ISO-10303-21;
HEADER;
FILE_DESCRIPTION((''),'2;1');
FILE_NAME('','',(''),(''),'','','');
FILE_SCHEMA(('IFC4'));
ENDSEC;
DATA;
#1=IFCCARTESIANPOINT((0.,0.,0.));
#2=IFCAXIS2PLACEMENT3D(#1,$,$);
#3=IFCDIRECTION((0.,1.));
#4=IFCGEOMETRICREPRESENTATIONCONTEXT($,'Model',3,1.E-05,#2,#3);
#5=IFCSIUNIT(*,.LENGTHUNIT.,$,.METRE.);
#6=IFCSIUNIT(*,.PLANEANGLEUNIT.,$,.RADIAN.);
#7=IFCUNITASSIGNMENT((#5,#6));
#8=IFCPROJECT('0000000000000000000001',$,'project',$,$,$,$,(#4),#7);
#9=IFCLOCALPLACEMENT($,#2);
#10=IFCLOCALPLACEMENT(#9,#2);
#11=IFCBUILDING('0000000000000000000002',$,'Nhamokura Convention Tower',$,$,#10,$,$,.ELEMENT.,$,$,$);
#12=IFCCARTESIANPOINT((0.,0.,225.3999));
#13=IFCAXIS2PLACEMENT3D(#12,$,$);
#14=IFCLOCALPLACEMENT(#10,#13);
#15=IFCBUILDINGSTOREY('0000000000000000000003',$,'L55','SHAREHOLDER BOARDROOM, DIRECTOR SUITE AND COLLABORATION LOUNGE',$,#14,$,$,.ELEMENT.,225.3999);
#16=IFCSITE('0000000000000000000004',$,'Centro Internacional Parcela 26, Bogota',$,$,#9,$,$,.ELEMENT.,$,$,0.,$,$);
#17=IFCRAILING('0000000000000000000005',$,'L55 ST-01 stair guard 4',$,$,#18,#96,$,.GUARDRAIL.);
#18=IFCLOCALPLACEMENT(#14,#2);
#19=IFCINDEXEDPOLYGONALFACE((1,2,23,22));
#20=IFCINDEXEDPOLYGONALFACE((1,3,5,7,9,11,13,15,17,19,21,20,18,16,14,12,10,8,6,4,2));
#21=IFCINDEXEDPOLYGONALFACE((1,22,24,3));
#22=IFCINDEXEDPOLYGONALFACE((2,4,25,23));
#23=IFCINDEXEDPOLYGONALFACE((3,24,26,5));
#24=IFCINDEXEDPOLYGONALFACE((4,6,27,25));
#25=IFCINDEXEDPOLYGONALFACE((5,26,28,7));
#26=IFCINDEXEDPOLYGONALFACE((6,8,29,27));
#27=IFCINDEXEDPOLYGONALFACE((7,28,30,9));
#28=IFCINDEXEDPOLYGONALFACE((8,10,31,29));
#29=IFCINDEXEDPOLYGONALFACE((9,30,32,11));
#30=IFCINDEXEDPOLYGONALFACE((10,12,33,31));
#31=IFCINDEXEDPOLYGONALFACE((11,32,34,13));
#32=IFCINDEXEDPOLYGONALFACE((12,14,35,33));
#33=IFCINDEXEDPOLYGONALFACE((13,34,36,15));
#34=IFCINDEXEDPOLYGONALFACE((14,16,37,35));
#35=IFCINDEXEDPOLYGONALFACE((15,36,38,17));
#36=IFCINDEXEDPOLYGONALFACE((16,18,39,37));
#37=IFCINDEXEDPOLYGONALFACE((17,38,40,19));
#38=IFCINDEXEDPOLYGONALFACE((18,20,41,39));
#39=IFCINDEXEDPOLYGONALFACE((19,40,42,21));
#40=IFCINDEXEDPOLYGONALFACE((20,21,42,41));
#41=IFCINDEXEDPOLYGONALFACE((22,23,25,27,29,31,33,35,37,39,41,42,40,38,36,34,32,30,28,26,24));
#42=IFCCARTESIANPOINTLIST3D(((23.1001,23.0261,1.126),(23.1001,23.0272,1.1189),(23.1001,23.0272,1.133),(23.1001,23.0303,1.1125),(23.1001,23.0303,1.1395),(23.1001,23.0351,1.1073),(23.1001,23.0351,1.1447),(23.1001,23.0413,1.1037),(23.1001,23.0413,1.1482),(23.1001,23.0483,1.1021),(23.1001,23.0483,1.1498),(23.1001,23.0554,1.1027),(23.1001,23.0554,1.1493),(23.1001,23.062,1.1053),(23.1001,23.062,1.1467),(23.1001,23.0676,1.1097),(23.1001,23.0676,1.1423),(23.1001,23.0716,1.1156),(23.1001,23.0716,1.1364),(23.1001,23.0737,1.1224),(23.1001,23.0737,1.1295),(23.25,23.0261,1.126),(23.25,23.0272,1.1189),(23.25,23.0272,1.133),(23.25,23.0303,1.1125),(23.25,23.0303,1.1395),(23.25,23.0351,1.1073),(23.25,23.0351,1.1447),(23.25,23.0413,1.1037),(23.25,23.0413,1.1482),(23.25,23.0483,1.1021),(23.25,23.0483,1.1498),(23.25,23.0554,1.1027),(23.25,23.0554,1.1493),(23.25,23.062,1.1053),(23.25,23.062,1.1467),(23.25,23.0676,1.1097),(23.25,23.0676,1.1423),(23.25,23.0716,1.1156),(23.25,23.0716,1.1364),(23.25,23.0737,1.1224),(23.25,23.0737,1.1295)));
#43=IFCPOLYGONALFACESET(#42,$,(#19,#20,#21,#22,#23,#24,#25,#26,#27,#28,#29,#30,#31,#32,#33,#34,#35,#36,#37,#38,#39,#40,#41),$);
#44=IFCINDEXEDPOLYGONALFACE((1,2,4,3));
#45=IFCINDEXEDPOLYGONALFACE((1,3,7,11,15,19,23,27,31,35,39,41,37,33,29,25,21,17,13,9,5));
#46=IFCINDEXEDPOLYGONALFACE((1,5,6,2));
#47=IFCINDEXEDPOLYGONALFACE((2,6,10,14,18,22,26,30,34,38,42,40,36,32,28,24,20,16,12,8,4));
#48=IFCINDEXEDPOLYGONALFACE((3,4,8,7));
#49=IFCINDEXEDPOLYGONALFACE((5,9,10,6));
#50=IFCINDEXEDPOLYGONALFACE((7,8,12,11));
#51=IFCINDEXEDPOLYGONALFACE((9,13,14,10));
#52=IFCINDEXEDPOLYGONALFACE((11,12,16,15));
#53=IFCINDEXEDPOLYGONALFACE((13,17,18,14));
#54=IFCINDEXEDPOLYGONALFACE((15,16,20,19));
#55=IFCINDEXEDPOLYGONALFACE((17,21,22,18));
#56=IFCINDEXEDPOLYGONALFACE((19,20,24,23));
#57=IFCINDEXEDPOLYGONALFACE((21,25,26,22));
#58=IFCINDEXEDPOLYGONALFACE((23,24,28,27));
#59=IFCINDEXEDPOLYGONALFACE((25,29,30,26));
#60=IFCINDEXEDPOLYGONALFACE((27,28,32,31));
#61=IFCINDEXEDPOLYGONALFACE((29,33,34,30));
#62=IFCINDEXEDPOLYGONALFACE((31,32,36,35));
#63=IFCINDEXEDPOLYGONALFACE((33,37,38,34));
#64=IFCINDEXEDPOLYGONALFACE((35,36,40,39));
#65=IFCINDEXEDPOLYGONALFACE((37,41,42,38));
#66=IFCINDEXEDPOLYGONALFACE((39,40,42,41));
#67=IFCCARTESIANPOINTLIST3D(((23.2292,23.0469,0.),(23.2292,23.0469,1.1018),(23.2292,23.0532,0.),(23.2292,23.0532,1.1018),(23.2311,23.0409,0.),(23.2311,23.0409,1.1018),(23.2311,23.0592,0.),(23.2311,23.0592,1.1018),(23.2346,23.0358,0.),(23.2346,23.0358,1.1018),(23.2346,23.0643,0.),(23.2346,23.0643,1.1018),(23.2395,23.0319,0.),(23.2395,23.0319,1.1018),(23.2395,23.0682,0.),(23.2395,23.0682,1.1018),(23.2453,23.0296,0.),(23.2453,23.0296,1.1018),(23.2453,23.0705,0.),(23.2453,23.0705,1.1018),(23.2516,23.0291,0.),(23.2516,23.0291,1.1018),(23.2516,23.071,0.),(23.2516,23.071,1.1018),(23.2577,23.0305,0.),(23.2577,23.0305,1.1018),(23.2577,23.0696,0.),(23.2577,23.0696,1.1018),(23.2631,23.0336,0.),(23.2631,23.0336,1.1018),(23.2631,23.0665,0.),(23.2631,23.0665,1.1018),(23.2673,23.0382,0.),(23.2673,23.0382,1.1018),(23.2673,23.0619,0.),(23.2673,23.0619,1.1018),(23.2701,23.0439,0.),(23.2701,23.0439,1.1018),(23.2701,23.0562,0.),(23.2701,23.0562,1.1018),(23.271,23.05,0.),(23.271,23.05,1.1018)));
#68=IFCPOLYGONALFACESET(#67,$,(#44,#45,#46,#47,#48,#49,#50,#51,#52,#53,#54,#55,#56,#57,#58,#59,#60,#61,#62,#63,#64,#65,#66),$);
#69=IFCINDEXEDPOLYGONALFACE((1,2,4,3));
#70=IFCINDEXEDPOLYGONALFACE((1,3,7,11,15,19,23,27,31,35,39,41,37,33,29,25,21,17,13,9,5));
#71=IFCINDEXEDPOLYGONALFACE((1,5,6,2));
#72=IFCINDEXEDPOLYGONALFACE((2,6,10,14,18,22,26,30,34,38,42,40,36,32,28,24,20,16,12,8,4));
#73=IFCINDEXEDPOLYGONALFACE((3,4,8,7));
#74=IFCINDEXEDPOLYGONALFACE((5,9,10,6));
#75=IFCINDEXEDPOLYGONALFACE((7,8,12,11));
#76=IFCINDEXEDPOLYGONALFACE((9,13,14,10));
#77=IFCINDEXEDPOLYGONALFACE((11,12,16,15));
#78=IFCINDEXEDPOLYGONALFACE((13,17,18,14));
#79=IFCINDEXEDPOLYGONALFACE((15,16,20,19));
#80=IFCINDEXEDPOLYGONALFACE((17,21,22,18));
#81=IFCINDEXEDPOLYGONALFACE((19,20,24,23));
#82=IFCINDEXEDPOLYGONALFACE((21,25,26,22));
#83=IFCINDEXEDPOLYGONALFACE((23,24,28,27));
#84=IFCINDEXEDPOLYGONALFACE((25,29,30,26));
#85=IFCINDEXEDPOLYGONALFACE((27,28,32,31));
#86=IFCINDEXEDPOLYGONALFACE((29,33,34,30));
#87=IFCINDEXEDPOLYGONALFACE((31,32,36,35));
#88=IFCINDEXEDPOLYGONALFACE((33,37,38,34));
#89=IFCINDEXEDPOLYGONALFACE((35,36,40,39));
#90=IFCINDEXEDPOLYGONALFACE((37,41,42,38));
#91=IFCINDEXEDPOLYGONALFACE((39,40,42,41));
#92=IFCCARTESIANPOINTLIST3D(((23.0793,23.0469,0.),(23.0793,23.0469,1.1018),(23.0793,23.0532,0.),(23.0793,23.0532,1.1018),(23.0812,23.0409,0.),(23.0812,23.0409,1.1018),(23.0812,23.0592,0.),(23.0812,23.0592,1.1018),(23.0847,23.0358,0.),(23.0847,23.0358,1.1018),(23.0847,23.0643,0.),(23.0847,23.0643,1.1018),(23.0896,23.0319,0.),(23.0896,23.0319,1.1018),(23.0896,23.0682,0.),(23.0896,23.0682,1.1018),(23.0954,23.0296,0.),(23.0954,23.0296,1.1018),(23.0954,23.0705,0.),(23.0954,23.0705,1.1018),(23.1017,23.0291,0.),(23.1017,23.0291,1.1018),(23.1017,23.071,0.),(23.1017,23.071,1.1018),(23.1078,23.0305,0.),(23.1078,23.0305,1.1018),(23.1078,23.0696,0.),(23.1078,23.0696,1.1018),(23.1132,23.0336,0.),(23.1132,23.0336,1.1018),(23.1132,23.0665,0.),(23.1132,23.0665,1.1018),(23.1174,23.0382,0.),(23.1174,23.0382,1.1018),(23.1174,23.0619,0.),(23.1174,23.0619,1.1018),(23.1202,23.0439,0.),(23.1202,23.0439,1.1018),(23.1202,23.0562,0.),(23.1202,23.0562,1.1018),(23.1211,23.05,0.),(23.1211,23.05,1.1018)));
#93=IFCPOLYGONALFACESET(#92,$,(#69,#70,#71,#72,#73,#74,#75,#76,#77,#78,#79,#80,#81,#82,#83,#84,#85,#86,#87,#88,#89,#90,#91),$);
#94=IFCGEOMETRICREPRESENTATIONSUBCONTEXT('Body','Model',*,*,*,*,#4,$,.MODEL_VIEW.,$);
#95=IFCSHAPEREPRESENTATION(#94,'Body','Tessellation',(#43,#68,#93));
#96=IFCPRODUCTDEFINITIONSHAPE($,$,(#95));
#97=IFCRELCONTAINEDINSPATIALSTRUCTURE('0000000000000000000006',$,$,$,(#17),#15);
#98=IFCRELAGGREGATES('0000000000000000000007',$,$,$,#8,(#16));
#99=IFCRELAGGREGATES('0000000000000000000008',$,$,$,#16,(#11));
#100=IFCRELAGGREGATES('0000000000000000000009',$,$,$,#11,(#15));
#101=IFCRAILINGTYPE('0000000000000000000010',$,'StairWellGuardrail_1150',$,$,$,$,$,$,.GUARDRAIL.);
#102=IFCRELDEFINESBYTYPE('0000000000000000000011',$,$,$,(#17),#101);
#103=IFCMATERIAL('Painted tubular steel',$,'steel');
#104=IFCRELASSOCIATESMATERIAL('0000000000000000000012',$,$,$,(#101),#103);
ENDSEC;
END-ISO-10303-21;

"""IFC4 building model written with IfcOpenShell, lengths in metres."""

from ifc_helpers import new_model, si_unit, direction, frame, origin, origin_2d, place, context, subcontext, project, spatial, circle, extrude, material, type_object, element, save


model = new_model("IFC4")

# Units and contexts
model_context = context("Model", 3, precision=1e-05, world=origin(), true_north=direction((0.0, 1.0)))
body_context = subcontext(model_context, "Body", "Model", "MODEL_VIEW")
ifc_project = project(units=[si_unit("LENGTHUNIT", "METRE"), si_unit("PLANEANGLEUNIT", "RADIAN")], contexts=[model_context])

# Site, building, storey
site_placement = place(None, origin())
site = spatial("IfcSite", under=ifc_project, at=site_placement, Name="Centro Internacional Parcela 26, Bogota", CompositionType="ELEMENT", RefElevation=0.0)
building_placement = place(site_placement, origin())
building = spatial("IfcBuilding", under=site, at=building_placement, Name="Nhamokura Convention Tower", CompositionType="ELEMENT")
storey_placement = place(building_placement, frame((0.0, 0.0, 225.3999)))
storey = spatial("IfcBuildingStorey", under=building, at=storey_placement, Name="L55", Description="SHAREHOLDER BOARDROOM, DIRECTOR SUITE AND COLLABORATION LOUNGE", CompositionType="ELEMENT", Elevation=225.3999)

# Railing
ifc_material_1 = material(Name="Painted tubular steel", Category="steel")
railing_type_1 = type_object("IfcRailingType", Name="StairWellGuardrail_1150", PredefinedType="GUARDRAIL", material=ifc_material_1)
railing_1_placement = place(storey_placement, frame((23.25, 23.05, 0.0)))
element("IfcRailing", 1, at=railing_1_placement, inside=storey, type_object=railing_type_1, Name="L55 ST-01 stair guard 4", PredefinedType="GUARDRAIL", context=body_context, shape_type="SweptSolid", body=[
    extrude(circle(Radius=0.0239, at=origin_2d()), frame((0.0, 0.0, 1.126), z_axis=(-1.0, 0.0, 0.0), x_axis=(0.0, -1.0, 0.0)), (0.0, 0.0, 1.0), 0.1499),
    extrude(circle(Radius=0.021, at=origin_2d()), origin(), (0.0, 0.0, 1.0), 1.1018),
    extrude(circle(Radius=0.021, at=origin_2d()), frame((-0.1499, 0.0, 0.0)), (0.0, 0.0, 1.0), 1.1018),
])

save(model, "model.ifc")
